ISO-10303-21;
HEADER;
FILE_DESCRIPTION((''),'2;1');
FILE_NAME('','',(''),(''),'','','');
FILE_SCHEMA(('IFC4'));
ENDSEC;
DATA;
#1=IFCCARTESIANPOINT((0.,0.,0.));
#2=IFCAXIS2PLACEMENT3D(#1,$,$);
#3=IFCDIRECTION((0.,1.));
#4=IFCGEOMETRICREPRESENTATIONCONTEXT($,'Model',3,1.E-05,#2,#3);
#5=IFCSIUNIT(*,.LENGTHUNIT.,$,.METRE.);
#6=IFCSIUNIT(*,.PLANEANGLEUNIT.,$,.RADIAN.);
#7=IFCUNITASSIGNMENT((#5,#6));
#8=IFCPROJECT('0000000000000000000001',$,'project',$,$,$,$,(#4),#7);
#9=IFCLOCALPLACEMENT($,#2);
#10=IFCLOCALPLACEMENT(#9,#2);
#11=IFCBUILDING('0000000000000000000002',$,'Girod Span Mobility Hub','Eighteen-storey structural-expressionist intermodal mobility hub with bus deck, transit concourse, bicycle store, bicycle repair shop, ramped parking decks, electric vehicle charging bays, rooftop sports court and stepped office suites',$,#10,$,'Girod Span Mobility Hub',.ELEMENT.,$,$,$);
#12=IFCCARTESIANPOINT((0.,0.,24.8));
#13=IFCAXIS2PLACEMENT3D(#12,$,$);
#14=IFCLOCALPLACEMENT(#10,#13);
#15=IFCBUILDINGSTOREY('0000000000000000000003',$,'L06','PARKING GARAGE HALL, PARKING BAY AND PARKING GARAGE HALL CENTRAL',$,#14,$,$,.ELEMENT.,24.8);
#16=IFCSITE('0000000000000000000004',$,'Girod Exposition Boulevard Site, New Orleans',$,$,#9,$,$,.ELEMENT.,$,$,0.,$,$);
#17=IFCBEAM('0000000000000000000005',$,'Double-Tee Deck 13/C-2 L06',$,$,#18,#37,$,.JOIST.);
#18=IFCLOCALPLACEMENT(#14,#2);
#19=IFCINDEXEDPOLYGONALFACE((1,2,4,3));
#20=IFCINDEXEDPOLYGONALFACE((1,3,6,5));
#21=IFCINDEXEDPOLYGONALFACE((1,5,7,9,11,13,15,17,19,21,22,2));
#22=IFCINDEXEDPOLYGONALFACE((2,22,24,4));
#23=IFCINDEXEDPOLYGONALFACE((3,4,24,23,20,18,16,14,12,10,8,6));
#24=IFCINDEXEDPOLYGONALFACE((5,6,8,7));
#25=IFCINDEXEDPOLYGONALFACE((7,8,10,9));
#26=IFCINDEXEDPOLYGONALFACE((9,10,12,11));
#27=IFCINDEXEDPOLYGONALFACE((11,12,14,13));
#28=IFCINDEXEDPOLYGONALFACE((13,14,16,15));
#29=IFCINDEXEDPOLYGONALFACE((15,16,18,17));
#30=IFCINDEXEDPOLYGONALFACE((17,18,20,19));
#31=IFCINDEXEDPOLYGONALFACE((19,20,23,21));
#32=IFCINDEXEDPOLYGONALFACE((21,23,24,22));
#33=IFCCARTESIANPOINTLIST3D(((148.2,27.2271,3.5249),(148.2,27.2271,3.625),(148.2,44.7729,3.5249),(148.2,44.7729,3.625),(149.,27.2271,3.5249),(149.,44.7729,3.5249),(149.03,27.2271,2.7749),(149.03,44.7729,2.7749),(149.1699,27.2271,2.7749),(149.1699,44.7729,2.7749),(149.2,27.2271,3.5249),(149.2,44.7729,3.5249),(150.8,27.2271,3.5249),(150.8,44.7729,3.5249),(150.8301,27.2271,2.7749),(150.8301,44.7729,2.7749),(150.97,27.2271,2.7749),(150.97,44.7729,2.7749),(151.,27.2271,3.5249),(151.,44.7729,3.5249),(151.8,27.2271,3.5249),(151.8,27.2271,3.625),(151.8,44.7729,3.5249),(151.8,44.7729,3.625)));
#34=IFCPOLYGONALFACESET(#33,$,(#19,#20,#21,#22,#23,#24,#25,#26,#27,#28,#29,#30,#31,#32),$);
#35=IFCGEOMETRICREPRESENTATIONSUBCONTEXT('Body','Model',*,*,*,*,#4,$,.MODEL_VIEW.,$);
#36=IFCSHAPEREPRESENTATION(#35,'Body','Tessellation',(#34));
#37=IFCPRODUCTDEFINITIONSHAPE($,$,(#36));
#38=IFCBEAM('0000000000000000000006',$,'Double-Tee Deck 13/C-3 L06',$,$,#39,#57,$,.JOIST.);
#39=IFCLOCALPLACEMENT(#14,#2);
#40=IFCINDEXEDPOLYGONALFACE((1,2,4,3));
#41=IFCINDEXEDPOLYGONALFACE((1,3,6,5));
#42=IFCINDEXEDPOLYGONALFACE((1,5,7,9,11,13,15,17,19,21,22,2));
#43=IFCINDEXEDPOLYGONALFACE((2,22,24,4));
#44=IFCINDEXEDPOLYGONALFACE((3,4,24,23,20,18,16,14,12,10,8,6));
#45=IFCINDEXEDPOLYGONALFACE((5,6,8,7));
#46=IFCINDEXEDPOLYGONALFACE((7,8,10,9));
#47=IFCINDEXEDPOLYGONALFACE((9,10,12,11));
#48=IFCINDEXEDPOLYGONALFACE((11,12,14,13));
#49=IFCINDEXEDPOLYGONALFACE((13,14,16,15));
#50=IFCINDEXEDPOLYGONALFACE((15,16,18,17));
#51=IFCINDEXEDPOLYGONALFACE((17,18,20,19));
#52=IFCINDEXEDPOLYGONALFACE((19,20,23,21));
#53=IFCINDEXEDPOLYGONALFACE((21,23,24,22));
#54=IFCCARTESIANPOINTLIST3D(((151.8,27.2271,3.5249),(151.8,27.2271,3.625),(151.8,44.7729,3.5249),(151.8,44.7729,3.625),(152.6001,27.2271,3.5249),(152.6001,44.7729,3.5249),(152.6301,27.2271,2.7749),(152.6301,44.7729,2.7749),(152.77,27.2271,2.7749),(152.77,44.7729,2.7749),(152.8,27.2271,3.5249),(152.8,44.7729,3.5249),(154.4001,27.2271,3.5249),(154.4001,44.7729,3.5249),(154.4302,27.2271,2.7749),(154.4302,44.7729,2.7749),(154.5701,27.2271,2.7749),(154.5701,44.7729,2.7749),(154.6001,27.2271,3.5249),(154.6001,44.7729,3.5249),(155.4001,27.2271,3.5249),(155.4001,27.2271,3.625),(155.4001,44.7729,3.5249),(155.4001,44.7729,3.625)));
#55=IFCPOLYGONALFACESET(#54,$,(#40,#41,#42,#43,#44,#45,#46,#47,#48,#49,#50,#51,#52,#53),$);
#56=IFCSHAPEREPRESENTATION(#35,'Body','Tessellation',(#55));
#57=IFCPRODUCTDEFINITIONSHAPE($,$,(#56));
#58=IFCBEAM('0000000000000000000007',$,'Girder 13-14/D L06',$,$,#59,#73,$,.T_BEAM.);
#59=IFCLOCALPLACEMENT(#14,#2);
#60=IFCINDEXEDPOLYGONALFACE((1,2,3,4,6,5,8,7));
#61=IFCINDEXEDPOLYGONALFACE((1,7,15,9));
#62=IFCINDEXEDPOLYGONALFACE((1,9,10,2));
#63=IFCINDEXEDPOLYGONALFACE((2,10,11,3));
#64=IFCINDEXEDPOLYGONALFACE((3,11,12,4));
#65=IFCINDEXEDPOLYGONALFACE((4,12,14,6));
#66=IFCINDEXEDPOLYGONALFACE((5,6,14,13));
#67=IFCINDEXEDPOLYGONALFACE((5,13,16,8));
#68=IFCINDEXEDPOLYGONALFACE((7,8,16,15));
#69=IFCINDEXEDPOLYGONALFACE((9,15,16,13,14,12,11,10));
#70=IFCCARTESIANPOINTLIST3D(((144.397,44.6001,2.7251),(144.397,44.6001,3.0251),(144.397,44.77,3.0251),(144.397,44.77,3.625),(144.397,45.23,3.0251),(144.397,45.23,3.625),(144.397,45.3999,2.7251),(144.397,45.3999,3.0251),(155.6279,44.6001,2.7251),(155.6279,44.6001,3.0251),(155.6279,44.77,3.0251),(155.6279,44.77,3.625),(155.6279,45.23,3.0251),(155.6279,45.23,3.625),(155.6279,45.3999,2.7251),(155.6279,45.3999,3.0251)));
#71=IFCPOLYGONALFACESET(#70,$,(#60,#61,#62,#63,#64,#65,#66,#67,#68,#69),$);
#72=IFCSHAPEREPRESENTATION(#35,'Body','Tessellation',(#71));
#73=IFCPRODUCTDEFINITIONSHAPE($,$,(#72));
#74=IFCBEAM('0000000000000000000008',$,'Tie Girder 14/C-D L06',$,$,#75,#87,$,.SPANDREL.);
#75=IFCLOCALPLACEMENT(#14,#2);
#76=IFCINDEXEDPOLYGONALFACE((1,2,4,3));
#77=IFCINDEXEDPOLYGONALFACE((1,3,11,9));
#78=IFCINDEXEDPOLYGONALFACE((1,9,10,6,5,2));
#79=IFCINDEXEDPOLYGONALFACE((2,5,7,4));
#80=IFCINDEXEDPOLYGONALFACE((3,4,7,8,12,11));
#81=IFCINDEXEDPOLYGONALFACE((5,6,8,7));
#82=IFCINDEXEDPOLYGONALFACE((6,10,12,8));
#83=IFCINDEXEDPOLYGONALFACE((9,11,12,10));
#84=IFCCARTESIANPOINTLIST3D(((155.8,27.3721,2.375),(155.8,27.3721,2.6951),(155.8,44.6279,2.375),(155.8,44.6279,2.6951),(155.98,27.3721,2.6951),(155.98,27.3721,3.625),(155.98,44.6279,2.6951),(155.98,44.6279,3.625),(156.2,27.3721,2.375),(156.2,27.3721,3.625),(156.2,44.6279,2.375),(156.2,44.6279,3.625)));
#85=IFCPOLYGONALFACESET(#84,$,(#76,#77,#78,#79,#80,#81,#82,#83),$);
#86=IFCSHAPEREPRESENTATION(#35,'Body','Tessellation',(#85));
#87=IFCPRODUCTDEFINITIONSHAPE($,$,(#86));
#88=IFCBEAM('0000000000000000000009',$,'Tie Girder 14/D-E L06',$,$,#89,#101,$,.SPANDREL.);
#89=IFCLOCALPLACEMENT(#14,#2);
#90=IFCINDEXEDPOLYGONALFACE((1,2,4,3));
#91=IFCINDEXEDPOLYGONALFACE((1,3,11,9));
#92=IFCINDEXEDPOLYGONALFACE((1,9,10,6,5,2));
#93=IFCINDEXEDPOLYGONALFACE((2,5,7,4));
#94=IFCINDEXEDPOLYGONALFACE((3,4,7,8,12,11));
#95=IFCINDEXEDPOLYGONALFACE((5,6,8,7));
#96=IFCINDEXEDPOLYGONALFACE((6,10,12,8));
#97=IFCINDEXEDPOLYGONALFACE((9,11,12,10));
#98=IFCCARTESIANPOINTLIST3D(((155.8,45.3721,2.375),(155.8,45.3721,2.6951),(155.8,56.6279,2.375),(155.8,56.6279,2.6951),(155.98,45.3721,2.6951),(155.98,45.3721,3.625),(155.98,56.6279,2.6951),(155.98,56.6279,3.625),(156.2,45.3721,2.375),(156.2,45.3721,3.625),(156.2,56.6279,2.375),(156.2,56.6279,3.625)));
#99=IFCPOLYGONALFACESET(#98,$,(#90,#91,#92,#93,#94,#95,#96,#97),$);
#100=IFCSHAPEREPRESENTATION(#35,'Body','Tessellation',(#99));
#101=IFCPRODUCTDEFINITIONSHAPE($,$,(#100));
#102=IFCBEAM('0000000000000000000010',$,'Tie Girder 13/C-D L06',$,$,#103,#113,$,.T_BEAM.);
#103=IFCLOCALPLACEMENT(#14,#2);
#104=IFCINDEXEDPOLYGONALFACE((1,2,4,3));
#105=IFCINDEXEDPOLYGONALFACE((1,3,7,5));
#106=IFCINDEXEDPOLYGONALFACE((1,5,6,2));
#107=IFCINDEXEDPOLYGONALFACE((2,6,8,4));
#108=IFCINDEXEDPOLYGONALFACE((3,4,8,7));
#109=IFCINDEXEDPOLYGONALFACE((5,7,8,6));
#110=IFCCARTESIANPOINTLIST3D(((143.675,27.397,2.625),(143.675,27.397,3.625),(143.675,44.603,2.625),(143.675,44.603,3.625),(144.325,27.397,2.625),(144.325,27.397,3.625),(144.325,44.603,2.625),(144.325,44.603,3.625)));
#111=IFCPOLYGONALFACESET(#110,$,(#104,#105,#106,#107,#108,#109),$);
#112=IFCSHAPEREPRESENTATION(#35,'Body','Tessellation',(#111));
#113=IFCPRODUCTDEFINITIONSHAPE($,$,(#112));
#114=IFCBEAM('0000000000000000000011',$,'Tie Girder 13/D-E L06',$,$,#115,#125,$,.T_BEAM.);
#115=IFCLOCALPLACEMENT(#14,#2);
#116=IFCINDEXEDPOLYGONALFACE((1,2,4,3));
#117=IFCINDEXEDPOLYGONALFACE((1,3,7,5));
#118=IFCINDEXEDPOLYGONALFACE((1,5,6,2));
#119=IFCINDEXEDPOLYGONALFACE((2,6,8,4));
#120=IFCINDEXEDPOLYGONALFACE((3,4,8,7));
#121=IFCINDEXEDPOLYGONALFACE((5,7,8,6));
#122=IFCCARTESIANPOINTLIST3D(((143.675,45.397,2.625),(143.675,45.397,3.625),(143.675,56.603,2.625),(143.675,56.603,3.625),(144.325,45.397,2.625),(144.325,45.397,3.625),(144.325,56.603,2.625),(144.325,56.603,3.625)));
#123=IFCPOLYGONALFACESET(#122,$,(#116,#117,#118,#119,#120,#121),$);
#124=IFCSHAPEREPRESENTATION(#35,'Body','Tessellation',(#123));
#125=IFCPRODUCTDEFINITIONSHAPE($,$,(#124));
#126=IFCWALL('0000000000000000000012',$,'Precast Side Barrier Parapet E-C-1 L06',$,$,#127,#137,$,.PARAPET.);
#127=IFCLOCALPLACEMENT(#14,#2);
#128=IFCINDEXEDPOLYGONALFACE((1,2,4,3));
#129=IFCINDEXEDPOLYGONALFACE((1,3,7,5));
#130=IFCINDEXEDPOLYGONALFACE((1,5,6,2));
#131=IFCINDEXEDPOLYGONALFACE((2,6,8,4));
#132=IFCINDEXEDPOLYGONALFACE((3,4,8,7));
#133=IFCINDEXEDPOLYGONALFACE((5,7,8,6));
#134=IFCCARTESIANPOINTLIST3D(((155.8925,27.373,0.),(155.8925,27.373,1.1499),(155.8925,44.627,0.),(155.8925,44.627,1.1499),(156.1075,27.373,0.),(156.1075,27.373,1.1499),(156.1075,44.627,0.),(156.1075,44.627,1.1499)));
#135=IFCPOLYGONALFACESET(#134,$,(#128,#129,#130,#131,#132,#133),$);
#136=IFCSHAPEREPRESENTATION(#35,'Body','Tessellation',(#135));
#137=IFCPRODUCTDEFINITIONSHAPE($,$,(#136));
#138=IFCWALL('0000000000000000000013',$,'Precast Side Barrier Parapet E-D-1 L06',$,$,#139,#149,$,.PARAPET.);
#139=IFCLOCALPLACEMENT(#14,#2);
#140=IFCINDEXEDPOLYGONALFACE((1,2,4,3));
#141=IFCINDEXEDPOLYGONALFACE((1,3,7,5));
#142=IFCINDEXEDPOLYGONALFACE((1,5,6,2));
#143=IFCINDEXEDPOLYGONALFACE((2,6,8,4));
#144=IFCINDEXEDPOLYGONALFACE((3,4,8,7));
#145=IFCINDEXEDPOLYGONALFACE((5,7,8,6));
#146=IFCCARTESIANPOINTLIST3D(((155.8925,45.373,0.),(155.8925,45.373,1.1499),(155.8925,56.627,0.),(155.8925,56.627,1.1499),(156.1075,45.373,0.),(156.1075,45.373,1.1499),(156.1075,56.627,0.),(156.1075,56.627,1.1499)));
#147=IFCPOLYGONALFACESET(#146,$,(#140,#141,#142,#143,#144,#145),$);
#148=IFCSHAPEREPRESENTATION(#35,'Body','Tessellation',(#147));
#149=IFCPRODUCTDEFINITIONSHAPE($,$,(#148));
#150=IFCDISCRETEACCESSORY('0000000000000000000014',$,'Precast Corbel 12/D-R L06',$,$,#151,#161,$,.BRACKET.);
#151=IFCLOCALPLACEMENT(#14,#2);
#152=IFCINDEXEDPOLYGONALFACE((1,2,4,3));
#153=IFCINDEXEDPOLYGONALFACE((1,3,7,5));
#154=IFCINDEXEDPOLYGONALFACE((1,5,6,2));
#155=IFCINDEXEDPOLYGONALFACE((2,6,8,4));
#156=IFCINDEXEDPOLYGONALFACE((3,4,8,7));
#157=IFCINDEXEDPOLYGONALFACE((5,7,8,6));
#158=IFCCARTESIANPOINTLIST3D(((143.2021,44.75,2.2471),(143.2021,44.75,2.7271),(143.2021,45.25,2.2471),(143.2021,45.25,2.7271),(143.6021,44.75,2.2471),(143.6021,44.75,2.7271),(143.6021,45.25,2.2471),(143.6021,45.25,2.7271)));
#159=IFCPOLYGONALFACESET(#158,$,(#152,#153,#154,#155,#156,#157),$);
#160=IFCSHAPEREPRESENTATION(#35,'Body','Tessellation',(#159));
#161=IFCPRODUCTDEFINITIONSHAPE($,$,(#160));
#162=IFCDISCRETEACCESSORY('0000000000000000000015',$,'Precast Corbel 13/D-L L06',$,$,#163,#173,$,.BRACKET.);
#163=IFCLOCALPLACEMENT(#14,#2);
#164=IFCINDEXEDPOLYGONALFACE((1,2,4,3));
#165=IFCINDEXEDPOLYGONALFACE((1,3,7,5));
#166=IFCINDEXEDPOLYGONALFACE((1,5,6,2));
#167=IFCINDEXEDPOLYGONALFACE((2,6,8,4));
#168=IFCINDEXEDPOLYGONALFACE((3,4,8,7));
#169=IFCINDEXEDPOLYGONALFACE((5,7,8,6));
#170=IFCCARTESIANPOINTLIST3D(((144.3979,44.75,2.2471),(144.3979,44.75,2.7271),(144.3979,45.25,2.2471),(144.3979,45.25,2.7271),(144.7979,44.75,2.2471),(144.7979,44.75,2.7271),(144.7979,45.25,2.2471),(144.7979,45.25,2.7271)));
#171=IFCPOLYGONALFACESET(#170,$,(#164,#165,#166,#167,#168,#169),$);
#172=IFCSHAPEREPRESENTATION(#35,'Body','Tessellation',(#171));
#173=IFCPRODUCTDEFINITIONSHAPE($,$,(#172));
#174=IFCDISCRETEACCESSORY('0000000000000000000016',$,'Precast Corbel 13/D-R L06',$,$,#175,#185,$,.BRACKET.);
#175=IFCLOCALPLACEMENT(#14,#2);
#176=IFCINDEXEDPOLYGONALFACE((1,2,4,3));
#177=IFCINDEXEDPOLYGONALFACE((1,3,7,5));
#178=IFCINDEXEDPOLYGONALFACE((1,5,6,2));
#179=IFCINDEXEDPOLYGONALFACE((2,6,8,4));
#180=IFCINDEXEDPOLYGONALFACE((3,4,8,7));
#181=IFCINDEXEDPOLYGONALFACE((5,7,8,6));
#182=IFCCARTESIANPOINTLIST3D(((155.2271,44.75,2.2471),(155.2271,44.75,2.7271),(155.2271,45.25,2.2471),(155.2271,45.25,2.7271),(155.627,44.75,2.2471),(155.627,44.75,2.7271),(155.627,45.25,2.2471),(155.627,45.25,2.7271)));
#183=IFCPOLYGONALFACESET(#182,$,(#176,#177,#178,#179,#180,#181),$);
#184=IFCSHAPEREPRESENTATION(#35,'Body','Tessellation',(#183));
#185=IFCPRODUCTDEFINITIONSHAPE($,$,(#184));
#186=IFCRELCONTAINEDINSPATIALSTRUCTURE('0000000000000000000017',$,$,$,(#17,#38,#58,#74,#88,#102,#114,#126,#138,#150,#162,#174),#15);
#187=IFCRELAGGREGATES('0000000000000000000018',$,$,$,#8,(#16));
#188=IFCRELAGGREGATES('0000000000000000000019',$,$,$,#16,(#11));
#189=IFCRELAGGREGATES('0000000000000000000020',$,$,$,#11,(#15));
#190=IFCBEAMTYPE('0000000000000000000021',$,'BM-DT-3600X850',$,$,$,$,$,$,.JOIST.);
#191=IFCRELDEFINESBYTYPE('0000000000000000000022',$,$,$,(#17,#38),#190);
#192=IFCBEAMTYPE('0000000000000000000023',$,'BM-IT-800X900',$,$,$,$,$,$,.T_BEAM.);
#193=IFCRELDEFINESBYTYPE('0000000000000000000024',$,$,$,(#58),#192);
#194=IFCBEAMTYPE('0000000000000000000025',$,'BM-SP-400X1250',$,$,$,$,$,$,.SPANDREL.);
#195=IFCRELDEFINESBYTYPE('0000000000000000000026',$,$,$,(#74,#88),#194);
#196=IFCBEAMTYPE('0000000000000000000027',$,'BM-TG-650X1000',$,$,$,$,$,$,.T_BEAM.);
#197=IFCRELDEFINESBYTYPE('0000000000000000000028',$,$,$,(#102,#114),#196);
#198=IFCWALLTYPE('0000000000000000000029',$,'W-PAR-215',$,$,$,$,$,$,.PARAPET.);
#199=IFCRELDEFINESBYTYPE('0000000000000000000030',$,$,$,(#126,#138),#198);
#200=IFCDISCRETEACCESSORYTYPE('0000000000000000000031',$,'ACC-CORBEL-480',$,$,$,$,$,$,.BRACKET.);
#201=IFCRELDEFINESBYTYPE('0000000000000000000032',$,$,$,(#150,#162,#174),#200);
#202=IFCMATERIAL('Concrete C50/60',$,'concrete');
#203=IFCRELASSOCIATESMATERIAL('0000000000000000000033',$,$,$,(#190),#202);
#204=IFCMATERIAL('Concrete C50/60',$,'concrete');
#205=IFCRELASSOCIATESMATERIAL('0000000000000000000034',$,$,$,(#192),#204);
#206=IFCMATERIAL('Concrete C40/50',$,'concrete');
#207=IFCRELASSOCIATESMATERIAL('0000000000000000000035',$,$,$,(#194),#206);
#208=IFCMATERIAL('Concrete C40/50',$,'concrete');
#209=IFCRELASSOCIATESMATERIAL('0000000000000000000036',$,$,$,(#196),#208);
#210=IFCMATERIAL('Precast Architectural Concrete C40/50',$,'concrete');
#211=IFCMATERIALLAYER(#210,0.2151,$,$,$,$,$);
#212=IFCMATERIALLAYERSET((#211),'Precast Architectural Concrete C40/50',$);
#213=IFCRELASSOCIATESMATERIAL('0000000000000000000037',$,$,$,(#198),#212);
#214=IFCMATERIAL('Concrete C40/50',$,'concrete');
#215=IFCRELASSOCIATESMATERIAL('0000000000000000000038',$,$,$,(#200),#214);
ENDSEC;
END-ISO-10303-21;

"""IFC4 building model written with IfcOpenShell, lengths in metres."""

from ifc_helpers import new_model, si_unit, direction, frame, frame_2d, origin, origin_2d, place, context, subcontext, project, spatial, polyline, rectangle, outline, extrude, material, layer, layer_set, material_profile, profile_set, type_object, element, save


model = new_model("IFC4")

# Units and contexts
model_context = context("Model", 3, precision=1e-05, world=origin(), true_north=direction((0.0, 1.0)))
body_context = subcontext(model_context, "Body", "Model", "MODEL_VIEW")
ifc_project = project(units=[si_unit("LENGTHUNIT", "METRE"), si_unit("PLANEANGLEUNIT", "RADIAN")], contexts=[model_context])

# Site, building, storey
site_placement = place(None, origin())
site = spatial("IfcSite", under=ifc_project, at=site_placement, Name="Girod Exposition Boulevard Site, New Orleans", CompositionType="ELEMENT", RefElevation=0.0)
building_placement = place(site_placement, origin())
building = spatial("IfcBuilding", under=site, at=building_placement, Name="Girod Span Mobility Hub", Description="Eighteen-storey structural-expressionist intermodal mobility hub with bus deck, transit concourse, bicycle store, bicycle repair shop, ramped parking decks, electric vehicle charging bays, rooftop sports court and stepped office suites", LongName="Girod Span Mobility Hub", CompositionType="ELEMENT")
storey_placement = place(building_placement, frame((0.0, 0.0, 24.8)))
storey = spatial("IfcBuildingStorey", under=building, at=storey_placement, Name="L06", Description="PARKING GARAGE HALL, PARKING BAY AND PARKING GARAGE HALL CENTRAL", CompositionType="ELEMENT", Elevation=24.8)

# Beams
ifc_material_1 = material(Name="Concrete C50/60", Category="concrete")
ifc_material_profile_1 = material_profile(ifc_material_1, outline(polyline([(-1.8, 0.425), (-1.8, 0.325), (-1.0, 0.325), (-0.97, -0.425), (-0.8301, -0.425), (-0.8, 0.325), (0.8, 0.325), (0.8301, -0.425), (0.97, -0.425), (1.0, 0.325), (1.8, 0.325), (1.8, 0.425), (-1.8, 0.425)])), Name="DT-3600X850")
ifc_profile_set_1 = profile_set([ifc_material_profile_1], Name="Concrete C50/60")
beam_type_1 = type_object("IfcBeamType", Name="BM-DT-3600X850", PredefinedType="JOIST", material=ifc_profile_set_1)
for number, where, z_axis, x_axis, name in (
    (1, (150.0, 27.2271, 3.2), (0.0, 1.0, 0.0), (-1.0, 0.0, 0.0), "Double-Tee Deck 13/C-2 L06"),
    (2, (153.6001, 27.2271, 3.2), (0.0, 1.0, 0.0), (-1.0, 0.0, 0.0), "Double-Tee Deck 13/C-3 L06"),
):
    element("IfcBeam", number, at=place(storey_placement, frame(where, z_axis=z_axis, x_axis=x_axis)), inside=storey, type_object=beam_type_1, Name=name, PredefinedType="JOIST", context=body_context, shape_type="SweptSolid", body=[
        extrude(outline(polyline([(-1.8, 0.425), (-1.8, 0.325), (-1.0, 0.325), (-0.97, -0.425), (-0.8301, -0.425), (-0.8, 0.325), (0.8, 0.325), (0.8301, -0.425), (0.97, -0.425), (1.0, 0.325), (1.8, 0.325), (1.8, 0.425), (-1.8, 0.425)])), origin(), (0.0, 0.0, 1.0), 17.5459),
    ])
ifc_material_2 = material(Name="Concrete C50/60", Category="concrete")
ifc_material_profile_2 = material_profile(ifc_material_2, outline(polyline([(-0.3999, -0.45), (0.3999, -0.45), (0.3999, -0.1499), (0.23, -0.1499), (0.23, 0.45), (-0.23, 0.45), (-0.23, -0.1499), (-0.3999, -0.1499), (-0.3999, -0.45)])), Name="IT-800X900")
ifc_profile_set_2 = profile_set([ifc_material_profile_2], Name="Concrete C50/60")
beam_type_2 = type_object("IfcBeamType", Name="BM-IT-800X900", PredefinedType="T_BEAM", material=ifc_profile_set_2)
beam_1_placement = place(storey_placement, frame((144.397, 45.0, 3.175), z_axis=(1.0, 0.0, 0.0), x_axis=(0.0, 1.0, 0.0)))
element("IfcBeam", 3, at=beam_1_placement, inside=storey, type_object=beam_type_2, Name="Girder 13-14/D L06", PredefinedType="T_BEAM", context=body_context, shape_type="SweptSolid", body=[
    extrude(outline(polyline([(-0.3999, -0.45), (0.3999, -0.45), (0.3999, -0.1499), (0.23, -0.1499), (0.23, 0.45), (-0.23, 0.45), (-0.23, -0.1499), (-0.3999, -0.1499), (-0.3999, -0.45)])), origin(), (0.0, 0.0, 1.0), 11.231),
])
ifc_material_3 = material(Name="Concrete C40/50", Category="concrete")
ifc_material_profile_3 = material_profile(ifc_material_3, outline(polyline([(-0.2, -0.625), (0.2, -0.625), (0.2, -0.3049), (0.02, -0.3049), (0.02, 0.625), (-0.2, 0.625), (-0.2, -0.625)])), Name="SP-400X1250")
ifc_profile_set_3 = profile_set([ifc_material_profile_3], Name="Concrete C40/50")
beam_type_3 = type_object("IfcBeamType", Name="BM-SP-400X1250", PredefinedType="SPANDREL", material=ifc_profile_set_3)
beam_2_placement = place(storey_placement, frame((156.0, 27.3721, 3.0), z_axis=(0.0, 1.0, 0.0), x_axis=(-1.0, 0.0, 0.0)))
element("IfcBeam", 4, at=beam_2_placement, inside=storey, type_object=beam_type_3, Name="Tie Girder 14/C-D L06", PredefinedType="SPANDREL", context=body_context, shape_type="SweptSolid", body=[
    extrude(outline(polyline([(-0.2, -0.625), (0.2, -0.625), (0.2, -0.3049), (0.02, -0.3049), (0.02, 0.625), (-0.2, 0.625), (-0.2, -0.625)])), origin(), (0.0, 0.0, 1.0), 17.2559),
])
beam_3_placement = place(storey_placement, frame((156.0, 45.3721, 3.0), z_axis=(0.0, 1.0, 0.0), x_axis=(-1.0, 0.0, 0.0)))
element("IfcBeam", 5, at=beam_3_placement, inside=storey, type_object=beam_type_3, Name="Tie Girder 14/D-E L06", PredefinedType="SPANDREL", context=body_context, shape_type="SweptSolid", body=[
    extrude(outline(polyline([(-0.2, -0.625), (0.2, -0.625), (0.2, -0.3049), (0.02, -0.3049), (0.02, 0.625), (-0.2, 0.625), (-0.2, -0.625)])), origin(), (0.0, 0.0, 1.0), 11.2559),
])
ifc_material_4 = material(Name="Concrete C40/50", Category="concrete")
ifc_material_profile_4 = material_profile(ifc_material_4, rectangle(XDim=0.6499, YDim=1.0, at=origin_2d()), Name="TG-650X1000")
ifc_profile_set_4 = profile_set([ifc_material_profile_4], Name="Concrete C40/50")
beam_type_4 = type_object("IfcBeamType", Name="BM-TG-650X1000", PredefinedType="T_BEAM", material=ifc_profile_set_4)
beam_4_placement = place(storey_placement, frame((144.0, 27.397, 3.125), z_axis=(0.0, 1.0, 0.0), x_axis=(-1.0, 0.0, 0.0)))
element("IfcBeam", 6, at=beam_4_placement, inside=storey, type_object=beam_type_4, Name="Tie Girder 13/C-D L06", PredefinedType="T_BEAM", context=body_context, shape_type="SweptSolid", body=[
    extrude(rectangle(XDim=0.6499, YDim=1.0, at=origin_2d()), origin(), (0.0, 0.0, 1.0), 17.2061),
])
beam_5_placement = place(storey_placement, frame((144.0, 45.397, 3.125), z_axis=(0.0, 1.0, 0.0), x_axis=(-1.0, 0.0, 0.0)))
element("IfcBeam", 7, at=beam_5_placement, inside=storey, type_object=beam_type_4, Name="Tie Girder 13/D-E L06", PredefinedType="T_BEAM", context=body_context, shape_type="SweptSolid", body=[
    extrude(rectangle(XDim=0.6499, YDim=1.0, at=origin_2d()), origin(), (0.0, 0.0, 1.0), 11.2061),
])

# Walls
ifc_material_5 = material(Name="Precast Architectural Concrete C40/50", Category="concrete")
ifc_layer = layer(ifc_material_5, 0.2151)
ifc_layer_set = layer_set([ifc_layer], Name="Precast Architectural Concrete C40/50")
wall_type = type_object("IfcWallType", Name="W-PAR-215", PredefinedType="PARAPET", material=ifc_layer_set)
wall_1_placement = place(storey_placement, frame((156.0, 27.373, 0.0), z_axis=(0.0, 0.0, 1.0), x_axis=(0.0, 1.0, 0.0)))
element("IfcWall", 8, at=wall_1_placement, inside=storey, type_object=wall_type, Name="Precast Side Barrier Parapet E-C-1 L06", PredefinedType="PARAPET", context=body_context, shape_type="SweptSolid", body=[
    extrude(rectangle(XDim=17.2539, YDim=0.2151, at=frame_2d((8.627, 0.0))), origin(), (0.0, 0.0, 1.0), 1.1499),
])
wall_2_placement = place(storey_placement, frame((156.0, 45.373, 0.0), z_axis=(0.0, 0.0, 1.0), x_axis=(0.0, 1.0, 0.0)))
element("IfcWall", 9, at=wall_2_placement, inside=storey, type_object=wall_type, Name="Precast Side Barrier Parapet E-D-1 L06", PredefinedType="PARAPET", context=body_context, shape_type="SweptSolid", body=[
    extrude(rectangle(XDim=11.2539, YDim=0.2151, at=frame_2d((5.627, 0.0))), origin(), (0.0, 0.0, 1.0), 1.1499),
])

# Discrete accessories
ifc_material_6 = material(Name="Concrete C40/50", Category="concrete")
discrete_accessory_type = type_object("IfcDiscreteAccessoryType", Name="ACC-CORBEL-480", PredefinedType="BRACKET", material=ifc_material_6)
for number, where, z_axis, x_axis, name in (
    (10, (143.4021, 45.0, 2.2471), (0.0, 0.0, 1.0), (1.0, 0.0, 0.0), "Precast Corbel 12/D-R L06"),
    (11, (144.5979, 45.0, 2.2471), (0.0, 0.0, 1.0), (1.0, 0.0, 0.0), "Precast Corbel 13/D-L L06"),
    (12, (155.427, 45.0, 2.2471), (0.0, 0.0, 1.0), (1.0, 0.0, 0.0), "Precast Corbel 13/D-R L06"),
):
    element("IfcDiscreteAccessory", number, at=place(storey_placement, frame(where, z_axis=z_axis, x_axis=x_axis)), inside=storey, type_object=discrete_accessory_type, Name=name, PredefinedType="BRACKET", context=body_context, shape_type="SweptSolid", body=[
        extrude(rectangle(XDim=0.3999, YDim=0.5, at=origin_2d()), origin(), (0.0, 0.0, 1.0), 0.48),
    ])

save(model, "model.ifc")
